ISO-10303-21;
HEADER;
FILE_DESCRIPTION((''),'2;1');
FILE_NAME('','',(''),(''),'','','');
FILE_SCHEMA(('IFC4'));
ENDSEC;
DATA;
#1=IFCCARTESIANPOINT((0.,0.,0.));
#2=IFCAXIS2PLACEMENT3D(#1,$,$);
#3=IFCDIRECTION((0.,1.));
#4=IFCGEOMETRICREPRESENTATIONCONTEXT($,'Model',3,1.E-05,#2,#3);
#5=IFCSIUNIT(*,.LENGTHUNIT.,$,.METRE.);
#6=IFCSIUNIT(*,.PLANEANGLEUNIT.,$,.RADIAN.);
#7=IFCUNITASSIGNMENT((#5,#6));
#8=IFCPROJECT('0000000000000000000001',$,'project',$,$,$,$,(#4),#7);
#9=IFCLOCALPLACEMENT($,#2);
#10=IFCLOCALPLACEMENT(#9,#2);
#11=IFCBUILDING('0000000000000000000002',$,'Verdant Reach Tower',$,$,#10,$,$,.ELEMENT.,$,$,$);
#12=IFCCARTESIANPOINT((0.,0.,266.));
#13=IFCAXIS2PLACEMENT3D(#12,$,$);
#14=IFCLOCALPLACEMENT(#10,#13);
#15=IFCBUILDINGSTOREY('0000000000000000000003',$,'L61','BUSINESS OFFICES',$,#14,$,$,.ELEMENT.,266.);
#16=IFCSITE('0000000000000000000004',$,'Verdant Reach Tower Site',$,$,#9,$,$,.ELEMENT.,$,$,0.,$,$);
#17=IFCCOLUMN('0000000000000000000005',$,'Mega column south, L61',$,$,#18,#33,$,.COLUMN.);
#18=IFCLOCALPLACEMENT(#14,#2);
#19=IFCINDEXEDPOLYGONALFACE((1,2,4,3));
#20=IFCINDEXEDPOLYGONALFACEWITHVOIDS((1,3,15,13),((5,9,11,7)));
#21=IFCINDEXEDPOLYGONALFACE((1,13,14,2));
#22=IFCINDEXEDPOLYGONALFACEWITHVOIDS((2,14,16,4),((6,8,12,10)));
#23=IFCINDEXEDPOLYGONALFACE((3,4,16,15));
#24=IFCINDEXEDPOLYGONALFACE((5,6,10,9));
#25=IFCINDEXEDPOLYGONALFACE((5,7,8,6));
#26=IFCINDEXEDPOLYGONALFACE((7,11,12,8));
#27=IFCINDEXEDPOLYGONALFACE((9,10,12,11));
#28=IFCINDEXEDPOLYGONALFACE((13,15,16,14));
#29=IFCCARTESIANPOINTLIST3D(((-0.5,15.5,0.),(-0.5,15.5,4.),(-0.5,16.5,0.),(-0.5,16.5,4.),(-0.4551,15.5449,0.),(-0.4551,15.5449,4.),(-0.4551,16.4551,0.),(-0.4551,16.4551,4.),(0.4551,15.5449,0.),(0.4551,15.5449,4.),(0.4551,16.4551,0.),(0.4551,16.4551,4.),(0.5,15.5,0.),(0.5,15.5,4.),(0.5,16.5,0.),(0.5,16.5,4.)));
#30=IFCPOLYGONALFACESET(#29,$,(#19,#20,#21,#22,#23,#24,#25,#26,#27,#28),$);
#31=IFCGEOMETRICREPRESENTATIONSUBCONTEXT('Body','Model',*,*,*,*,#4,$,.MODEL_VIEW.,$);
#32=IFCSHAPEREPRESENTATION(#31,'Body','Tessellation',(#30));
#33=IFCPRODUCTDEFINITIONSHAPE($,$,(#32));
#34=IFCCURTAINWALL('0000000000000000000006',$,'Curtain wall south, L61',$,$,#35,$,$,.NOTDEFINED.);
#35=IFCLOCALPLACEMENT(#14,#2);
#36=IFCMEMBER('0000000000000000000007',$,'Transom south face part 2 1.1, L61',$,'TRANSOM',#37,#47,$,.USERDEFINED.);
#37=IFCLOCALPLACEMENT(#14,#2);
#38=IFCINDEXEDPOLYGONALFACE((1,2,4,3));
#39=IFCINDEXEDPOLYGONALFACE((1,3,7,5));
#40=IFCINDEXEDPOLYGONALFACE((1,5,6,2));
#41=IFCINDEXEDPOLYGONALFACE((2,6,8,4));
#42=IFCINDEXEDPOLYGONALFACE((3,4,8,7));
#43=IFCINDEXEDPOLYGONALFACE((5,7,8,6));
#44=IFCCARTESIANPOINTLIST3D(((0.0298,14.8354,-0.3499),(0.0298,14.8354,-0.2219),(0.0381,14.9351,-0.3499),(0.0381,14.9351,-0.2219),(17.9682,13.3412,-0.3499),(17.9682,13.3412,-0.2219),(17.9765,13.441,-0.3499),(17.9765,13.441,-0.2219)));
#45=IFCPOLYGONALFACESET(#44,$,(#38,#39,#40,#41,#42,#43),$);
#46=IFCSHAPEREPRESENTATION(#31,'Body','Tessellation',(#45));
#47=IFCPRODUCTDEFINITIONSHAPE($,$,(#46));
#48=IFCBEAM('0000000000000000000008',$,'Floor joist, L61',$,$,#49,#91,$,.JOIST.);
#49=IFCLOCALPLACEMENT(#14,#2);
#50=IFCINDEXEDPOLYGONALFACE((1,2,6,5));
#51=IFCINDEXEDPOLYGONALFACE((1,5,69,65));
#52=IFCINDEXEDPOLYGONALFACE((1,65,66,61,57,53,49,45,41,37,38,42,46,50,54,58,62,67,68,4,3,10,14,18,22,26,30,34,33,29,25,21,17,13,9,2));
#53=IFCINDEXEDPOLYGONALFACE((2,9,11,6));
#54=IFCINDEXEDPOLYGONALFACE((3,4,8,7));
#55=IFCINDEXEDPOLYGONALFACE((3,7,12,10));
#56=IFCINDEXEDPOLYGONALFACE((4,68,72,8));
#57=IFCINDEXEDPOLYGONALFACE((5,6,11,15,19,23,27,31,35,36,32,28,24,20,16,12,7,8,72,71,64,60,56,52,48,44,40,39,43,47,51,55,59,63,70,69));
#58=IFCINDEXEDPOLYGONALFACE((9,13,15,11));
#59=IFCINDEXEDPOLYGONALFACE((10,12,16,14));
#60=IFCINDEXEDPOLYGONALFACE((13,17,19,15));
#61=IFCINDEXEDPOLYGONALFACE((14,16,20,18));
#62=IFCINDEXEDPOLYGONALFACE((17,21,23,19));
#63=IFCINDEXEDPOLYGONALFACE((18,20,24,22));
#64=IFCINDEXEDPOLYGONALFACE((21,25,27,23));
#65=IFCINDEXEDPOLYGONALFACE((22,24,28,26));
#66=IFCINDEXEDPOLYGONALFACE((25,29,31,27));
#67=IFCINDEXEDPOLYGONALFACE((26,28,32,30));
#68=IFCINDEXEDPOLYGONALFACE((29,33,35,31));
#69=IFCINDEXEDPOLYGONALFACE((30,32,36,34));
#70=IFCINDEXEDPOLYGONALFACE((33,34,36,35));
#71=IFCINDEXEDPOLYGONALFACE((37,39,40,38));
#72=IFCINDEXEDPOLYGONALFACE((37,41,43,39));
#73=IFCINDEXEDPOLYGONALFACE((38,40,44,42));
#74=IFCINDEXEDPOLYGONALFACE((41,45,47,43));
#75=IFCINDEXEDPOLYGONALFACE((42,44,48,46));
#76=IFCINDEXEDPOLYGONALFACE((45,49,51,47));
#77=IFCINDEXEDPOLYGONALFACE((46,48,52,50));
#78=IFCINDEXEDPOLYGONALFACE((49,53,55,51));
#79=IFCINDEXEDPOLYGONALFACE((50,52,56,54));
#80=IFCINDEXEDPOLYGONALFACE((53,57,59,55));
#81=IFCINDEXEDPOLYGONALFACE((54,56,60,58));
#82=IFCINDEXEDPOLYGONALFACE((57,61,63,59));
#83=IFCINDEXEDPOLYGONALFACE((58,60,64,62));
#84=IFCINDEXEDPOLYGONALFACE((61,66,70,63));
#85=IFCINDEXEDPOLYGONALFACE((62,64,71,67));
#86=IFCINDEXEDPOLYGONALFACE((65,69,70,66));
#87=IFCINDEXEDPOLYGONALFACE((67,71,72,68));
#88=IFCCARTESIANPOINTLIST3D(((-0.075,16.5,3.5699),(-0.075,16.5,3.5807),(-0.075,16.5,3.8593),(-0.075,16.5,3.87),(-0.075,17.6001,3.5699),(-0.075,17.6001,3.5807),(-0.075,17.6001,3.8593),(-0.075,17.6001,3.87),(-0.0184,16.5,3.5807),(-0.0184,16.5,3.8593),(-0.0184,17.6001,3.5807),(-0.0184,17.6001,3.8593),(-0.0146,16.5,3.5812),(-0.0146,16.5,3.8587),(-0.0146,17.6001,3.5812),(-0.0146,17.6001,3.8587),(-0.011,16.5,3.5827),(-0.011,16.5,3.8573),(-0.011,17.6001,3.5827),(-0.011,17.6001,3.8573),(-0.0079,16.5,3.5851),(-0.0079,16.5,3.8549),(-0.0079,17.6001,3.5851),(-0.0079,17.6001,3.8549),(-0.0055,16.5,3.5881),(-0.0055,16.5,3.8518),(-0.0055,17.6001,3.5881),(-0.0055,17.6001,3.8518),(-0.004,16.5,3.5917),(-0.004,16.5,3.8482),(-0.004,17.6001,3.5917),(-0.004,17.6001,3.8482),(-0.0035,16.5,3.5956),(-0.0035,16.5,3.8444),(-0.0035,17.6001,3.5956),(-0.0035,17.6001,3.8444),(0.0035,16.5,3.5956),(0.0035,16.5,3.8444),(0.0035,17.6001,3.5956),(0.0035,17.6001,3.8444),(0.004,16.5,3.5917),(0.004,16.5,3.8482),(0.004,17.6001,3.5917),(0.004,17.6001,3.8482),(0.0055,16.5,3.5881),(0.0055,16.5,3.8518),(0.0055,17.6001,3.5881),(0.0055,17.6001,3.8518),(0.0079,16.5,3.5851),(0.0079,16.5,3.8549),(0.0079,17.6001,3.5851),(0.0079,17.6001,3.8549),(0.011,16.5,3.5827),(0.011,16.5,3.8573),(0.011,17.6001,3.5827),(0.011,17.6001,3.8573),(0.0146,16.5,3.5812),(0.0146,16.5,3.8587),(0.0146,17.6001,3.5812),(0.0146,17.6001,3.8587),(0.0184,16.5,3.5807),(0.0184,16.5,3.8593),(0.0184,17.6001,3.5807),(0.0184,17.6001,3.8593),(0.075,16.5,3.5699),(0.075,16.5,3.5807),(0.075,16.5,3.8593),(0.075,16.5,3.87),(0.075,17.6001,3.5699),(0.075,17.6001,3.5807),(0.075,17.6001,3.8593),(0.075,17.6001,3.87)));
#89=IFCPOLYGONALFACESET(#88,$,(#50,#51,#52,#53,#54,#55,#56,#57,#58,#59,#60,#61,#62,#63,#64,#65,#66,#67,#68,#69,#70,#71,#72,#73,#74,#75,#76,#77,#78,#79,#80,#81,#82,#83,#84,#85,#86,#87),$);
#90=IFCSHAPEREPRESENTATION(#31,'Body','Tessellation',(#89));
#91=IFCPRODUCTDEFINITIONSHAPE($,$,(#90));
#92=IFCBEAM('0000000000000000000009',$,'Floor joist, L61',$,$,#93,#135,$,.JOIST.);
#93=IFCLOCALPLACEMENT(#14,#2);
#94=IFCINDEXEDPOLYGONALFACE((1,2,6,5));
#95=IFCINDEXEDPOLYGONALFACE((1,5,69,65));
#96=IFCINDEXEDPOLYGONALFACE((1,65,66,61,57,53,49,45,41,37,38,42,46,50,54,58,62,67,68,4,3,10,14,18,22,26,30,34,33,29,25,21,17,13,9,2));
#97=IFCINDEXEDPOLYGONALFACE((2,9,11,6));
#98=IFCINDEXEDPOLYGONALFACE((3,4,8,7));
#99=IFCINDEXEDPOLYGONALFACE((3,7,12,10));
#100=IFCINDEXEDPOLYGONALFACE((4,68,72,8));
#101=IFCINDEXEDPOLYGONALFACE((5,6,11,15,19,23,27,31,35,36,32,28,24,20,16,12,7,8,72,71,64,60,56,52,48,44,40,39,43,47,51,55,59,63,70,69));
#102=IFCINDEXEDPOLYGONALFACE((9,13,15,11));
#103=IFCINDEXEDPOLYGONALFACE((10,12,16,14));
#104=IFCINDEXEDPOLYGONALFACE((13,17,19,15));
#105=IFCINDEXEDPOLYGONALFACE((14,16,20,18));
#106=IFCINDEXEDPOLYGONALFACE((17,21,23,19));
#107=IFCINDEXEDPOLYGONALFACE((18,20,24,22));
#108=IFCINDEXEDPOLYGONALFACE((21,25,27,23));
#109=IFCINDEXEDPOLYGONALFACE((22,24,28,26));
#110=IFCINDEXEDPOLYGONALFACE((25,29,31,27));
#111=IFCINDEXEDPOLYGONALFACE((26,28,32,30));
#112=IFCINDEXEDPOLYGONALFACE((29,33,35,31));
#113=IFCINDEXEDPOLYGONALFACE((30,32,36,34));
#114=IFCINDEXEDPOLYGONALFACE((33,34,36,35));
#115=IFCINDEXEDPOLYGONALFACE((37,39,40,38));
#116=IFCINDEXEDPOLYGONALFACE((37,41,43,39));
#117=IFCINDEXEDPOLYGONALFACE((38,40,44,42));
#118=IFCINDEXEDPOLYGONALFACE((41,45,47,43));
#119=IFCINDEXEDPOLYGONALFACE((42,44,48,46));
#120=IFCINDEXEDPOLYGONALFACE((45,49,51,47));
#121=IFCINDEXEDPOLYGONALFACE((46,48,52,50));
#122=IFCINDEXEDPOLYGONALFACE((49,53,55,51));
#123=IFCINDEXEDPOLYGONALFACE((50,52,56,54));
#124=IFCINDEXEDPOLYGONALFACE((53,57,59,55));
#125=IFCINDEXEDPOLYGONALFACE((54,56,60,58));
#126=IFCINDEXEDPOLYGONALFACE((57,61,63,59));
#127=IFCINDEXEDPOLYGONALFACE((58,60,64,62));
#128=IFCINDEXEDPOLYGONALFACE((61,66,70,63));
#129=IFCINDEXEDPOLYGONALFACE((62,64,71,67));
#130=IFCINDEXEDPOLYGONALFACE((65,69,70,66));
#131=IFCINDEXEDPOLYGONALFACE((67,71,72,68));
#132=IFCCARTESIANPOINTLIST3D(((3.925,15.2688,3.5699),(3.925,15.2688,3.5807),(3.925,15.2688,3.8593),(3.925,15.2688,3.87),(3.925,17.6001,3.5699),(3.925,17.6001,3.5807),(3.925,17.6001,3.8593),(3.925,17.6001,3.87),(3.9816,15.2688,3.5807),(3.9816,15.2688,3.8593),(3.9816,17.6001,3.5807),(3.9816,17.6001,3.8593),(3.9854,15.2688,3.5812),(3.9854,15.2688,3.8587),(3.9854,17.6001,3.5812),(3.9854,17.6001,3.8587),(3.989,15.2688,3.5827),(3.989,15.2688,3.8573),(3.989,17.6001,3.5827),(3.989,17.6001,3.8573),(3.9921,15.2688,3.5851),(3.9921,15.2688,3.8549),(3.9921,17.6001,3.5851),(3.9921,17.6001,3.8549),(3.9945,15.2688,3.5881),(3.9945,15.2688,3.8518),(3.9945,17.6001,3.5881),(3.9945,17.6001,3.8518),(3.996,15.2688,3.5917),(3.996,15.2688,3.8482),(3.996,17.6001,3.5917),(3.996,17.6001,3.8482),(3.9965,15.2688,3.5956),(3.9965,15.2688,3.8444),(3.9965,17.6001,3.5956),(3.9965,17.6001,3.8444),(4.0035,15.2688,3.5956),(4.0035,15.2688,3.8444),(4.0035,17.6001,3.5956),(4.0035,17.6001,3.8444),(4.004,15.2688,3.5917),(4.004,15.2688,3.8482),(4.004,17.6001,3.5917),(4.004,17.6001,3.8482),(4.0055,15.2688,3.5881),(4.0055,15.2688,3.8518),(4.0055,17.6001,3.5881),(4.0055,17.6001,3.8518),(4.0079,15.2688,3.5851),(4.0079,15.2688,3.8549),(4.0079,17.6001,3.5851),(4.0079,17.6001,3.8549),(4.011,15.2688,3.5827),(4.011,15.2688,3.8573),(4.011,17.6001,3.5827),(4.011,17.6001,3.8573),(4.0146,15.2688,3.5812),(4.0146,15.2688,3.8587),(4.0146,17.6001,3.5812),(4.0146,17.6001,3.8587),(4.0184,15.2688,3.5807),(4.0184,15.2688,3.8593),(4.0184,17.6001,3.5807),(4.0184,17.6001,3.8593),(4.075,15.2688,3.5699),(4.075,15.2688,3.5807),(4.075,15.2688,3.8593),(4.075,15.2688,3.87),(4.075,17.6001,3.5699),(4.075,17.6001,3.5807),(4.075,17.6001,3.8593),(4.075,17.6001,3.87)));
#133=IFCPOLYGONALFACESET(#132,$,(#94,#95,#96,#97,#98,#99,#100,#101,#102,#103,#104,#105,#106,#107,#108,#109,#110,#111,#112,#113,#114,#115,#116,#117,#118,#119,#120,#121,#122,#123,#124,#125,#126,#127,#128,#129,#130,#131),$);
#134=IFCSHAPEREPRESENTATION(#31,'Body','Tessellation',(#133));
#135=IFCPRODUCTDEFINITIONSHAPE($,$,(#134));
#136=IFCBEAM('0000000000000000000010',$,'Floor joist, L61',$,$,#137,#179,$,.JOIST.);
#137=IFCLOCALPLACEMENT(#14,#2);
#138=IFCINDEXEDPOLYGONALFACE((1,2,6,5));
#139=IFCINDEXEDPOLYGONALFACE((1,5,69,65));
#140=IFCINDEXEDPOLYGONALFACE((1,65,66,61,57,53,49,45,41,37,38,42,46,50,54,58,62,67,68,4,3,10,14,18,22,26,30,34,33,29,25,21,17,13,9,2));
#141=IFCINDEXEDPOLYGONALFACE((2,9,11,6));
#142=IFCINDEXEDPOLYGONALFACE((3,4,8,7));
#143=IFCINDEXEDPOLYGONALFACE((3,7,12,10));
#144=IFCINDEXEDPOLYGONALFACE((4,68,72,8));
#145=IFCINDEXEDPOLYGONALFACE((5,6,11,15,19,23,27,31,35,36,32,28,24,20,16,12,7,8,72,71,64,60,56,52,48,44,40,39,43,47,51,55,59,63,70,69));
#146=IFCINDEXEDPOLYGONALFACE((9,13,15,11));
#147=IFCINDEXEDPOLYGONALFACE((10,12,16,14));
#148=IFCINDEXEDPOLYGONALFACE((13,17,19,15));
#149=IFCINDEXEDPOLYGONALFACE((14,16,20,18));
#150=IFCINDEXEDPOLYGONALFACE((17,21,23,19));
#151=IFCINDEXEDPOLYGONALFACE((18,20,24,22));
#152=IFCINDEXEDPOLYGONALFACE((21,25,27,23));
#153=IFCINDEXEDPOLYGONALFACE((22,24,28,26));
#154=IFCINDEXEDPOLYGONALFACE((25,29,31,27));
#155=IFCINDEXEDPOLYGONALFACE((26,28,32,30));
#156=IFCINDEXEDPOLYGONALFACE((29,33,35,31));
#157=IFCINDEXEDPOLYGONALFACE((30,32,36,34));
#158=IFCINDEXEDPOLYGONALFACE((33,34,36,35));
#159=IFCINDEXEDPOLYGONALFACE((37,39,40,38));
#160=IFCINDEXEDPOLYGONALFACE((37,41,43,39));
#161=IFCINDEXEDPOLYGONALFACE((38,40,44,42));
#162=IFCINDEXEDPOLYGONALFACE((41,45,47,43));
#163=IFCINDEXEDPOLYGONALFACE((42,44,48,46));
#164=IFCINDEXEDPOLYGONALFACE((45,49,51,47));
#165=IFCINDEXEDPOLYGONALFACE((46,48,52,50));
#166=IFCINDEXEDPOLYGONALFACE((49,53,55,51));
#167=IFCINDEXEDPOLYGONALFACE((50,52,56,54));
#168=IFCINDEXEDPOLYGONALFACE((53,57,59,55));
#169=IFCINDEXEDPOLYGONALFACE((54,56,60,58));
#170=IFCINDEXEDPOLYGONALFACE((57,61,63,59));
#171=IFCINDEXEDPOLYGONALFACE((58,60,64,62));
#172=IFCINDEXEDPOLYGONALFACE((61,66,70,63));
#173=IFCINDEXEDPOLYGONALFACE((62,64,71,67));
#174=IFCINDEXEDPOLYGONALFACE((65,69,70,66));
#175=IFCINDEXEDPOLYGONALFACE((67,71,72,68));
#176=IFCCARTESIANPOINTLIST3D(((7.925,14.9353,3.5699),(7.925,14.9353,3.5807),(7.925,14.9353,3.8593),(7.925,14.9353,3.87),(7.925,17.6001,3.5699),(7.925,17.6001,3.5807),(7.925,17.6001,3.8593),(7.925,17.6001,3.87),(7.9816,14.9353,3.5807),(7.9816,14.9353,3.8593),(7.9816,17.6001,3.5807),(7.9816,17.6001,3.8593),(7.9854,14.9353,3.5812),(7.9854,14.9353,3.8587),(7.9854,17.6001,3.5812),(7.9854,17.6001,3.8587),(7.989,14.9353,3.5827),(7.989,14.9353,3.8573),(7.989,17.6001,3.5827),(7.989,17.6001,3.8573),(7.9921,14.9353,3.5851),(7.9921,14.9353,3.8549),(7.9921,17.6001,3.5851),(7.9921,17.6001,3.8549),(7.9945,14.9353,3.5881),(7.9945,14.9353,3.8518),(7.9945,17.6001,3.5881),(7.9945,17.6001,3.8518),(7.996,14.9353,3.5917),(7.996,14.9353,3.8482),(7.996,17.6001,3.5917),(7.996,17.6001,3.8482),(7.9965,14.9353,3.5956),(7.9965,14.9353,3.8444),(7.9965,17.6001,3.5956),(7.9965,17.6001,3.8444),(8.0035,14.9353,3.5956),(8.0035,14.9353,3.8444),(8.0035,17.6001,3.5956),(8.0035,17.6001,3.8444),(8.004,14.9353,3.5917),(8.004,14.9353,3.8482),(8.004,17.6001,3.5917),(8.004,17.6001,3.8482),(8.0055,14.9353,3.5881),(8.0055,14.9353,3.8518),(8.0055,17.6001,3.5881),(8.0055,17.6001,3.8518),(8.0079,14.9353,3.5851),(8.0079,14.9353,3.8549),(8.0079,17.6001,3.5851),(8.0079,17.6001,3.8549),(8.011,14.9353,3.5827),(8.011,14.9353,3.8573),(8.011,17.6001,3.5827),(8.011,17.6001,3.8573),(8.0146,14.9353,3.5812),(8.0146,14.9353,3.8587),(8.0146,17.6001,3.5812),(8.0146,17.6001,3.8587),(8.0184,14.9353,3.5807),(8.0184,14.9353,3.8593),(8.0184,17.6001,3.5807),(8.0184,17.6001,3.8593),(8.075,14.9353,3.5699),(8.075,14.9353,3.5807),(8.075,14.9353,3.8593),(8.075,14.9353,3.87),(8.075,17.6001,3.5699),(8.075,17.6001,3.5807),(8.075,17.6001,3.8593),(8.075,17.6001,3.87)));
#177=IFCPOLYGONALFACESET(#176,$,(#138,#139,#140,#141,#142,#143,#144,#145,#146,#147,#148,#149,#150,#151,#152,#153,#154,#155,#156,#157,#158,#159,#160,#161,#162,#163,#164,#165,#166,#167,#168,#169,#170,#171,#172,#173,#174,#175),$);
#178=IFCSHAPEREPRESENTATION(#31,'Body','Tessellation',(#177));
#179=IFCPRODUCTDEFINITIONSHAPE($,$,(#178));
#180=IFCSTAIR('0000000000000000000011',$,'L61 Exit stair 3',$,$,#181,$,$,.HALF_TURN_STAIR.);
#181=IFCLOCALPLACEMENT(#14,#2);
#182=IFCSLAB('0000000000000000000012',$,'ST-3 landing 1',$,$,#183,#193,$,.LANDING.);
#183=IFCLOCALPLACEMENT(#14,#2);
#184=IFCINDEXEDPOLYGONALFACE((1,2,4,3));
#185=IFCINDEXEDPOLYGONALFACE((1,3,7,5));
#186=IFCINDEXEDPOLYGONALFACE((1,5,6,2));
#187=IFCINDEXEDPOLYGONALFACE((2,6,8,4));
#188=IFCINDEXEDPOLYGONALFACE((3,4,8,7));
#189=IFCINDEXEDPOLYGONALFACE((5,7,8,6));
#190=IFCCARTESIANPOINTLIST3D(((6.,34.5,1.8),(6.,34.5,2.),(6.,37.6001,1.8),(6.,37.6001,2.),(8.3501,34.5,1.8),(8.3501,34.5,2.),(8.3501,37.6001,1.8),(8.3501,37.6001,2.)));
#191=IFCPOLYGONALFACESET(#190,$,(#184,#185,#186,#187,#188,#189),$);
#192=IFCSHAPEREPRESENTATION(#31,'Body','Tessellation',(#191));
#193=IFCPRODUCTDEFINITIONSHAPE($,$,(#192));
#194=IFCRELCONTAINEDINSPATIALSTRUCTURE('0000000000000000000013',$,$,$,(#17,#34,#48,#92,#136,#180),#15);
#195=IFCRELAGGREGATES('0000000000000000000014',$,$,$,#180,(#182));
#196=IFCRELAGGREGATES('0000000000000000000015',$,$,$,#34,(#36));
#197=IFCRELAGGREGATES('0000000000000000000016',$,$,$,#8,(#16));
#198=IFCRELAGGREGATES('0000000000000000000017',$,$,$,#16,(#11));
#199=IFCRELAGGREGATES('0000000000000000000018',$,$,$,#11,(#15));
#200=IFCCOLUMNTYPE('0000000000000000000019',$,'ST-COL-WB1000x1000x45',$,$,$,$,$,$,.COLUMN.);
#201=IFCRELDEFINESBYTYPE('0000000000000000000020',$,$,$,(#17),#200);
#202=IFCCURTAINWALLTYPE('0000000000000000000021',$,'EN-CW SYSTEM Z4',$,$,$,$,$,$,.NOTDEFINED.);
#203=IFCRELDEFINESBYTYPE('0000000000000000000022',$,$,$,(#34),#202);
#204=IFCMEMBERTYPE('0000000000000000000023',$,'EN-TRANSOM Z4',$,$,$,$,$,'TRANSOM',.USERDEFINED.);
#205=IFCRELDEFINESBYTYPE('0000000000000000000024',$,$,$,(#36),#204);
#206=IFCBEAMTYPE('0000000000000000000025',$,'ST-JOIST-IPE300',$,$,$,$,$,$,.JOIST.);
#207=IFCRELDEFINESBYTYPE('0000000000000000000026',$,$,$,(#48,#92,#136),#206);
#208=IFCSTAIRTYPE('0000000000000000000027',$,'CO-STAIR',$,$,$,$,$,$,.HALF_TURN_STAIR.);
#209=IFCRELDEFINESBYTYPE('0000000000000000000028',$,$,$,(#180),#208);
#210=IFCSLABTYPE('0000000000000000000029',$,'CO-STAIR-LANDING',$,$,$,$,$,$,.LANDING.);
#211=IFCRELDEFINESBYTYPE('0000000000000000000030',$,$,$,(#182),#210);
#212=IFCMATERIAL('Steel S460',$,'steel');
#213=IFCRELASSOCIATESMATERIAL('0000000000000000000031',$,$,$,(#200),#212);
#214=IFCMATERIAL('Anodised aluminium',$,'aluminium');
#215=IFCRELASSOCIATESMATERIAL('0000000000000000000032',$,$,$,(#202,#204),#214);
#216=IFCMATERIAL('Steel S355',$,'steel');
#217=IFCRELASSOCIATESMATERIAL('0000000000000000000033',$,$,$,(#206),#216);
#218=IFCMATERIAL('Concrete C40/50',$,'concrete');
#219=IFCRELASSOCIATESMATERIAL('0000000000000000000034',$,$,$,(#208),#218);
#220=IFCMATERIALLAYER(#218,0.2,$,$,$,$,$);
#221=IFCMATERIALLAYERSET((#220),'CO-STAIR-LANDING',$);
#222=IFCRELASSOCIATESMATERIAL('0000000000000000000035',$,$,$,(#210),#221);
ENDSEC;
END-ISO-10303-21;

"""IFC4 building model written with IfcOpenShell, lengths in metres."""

from ifc_helpers import new_model, si_unit, direction, frame, origin, origin_2d, place, context, subcontext, project, spatial, polyline, rectangle, hollow_rectangle, i_section, outline, extrude, material, layer, layer_set, material_profile, profile_set, type_object, element, aggregate, save


model = new_model("IFC4")

# Units and contexts
model_context = context("Model", 3, precision=1e-05, world=origin(), true_north=direction((0.0, 1.0)))
body_context = subcontext(model_context, "Body", "Model", "MODEL_VIEW")
ifc_project = project(units=[si_unit("LENGTHUNIT", "METRE"), si_unit("PLANEANGLEUNIT", "RADIAN")], contexts=[model_context])

# Site, building, storey
site_placement = place(None, origin())
site = spatial("IfcSite", under=ifc_project, at=site_placement, Name="Verdant Reach Tower Site", CompositionType="ELEMENT", RefElevation=0.0)
building_placement = place(site_placement, origin())
building = spatial("IfcBuilding", under=site, at=building_placement, Name="Verdant Reach Tower", CompositionType="ELEMENT")
storey_placement = place(building_placement, frame((0.0, 0.0, 266.0)))
storey = spatial("IfcBuildingStorey", under=building, at=storey_placement, Name="L61", Description="BUSINESS OFFICES", CompositionType="ELEMENT", Elevation=266.0)

# Column
ifc_material_1 = material(Name="Steel S460", Category="steel")
ifc_material_profile_1 = material_profile(ifc_material_1, hollow_rectangle(XDim=1.0, YDim=1.0, WallThickness=0.0449, at=origin_2d()), Name="WB 1000x1000x45")
ifc_profile_set_1 = profile_set([ifc_material_profile_1], Name="Steel S460")
column_type = type_object("IfcColumnType", Name="ST-COL-WB1000x1000x45", PredefinedType="COLUMN", material=ifc_profile_set_1)
column_placement = place(storey_placement, frame((0.0, 16.0, 0.0), z_axis=(0.0, 0.0, 1.0), x_axis=(1.0, 0.0, 0.0)))
element("IfcColumn", 1, at=column_placement, inside=storey, type_object=column_type, Name="Mega column south, L61", PredefinedType="COLUMN", context=body_context, shape_type="SweptSolid", body=[
    extrude(hollow_rectangle(XDim=1.0, YDim=1.0, WallThickness=0.0449, at=origin_2d()), origin(), (0.0, 0.0, 1.0), 4.0),
])

# Curtain wall, member
ifc_material_2 = material(Name="Anodised aluminium", Category="aluminium")
curtain_wall_type = type_object("IfcCurtainWallType", Name="EN-CW SYSTEM Z4", PredefinedType="NOTDEFINED", material=ifc_material_2)
curtain_wall_placement = place(storey_placement, origin())
curtain_wall = element("IfcCurtainWall", 2, at=curtain_wall_placement, inside=storey, type_object=curtain_wall_type, Name="Curtain wall south, L61", PredefinedType="NOTDEFINED")
ifc_material_profile_2 = material_profile(ifc_material_2, rectangle(XDim=0.1001, YDim=0.1279, at=origin_2d()), Name="Transom 128x100")
ifc_profile_set_2 = profile_set([ifc_material_profile_2], Name="Anodised aluminium")
member_type = type_object("IfcMemberType", Name="EN-TRANSOM Z4", ElementType="TRANSOM", PredefinedType="USERDEFINED", material=ifc_profile_set_2)
member_placement = place(storey_placement, frame((0.0339, 14.8853, -0.2859), z_axis=(0.996549, -0.083005, 0.0), x_axis=(0.083005, 0.996549, 0.0)))
member = element("IfcMember", 3, at=member_placement, type_object=member_type, Name="Transom south face part 2 1.1, L61", ObjectType="TRANSOM", PredefinedType="USERDEFINED", context=body_context, shape_type="SweptSolid", body=[
    extrude(rectangle(XDim=0.1001, YDim=0.1279, at=origin_2d()), origin(), (0.0, 0.0, 1.0), 18.0005),
])

# Beams
ifc_material_3 = material(Name="Steel S355", Category="steel")
ifc_material_profile_3 = material_profile(ifc_material_3, i_section(OverallWidth=0.1499, OverallDepth=0.3, WebThickness=0.0071, FlangeThickness=0.0107, FilletRadius=0.0149, at=origin_2d()), Name="IPE 300")
ifc_profile_set_3 = profile_set([ifc_material_profile_3], Name="Steel S355")
beam_type = type_object("IfcBeamType", Name="ST-JOIST-IPE300", PredefinedType="JOIST", material=ifc_profile_set_3)
beam_1_placement = place(storey_placement, frame((0.0, 17.6001, 3.72), z_axis=(0.0, -1.0, 0.0), x_axis=(1.0, 0.0, 0.0)))
element("IfcBeam", 4, at=beam_1_placement, inside=storey, type_object=beam_type, Name="Floor joist, L61", PredefinedType="JOIST", context=body_context, shape_type="SweptSolid", body=[
    extrude(i_section(OverallWidth=0.1499, OverallDepth=0.3, WebThickness=0.0071, FlangeThickness=0.0107, FilletRadius=0.0149, at=origin_2d()), origin(), (0.0, 0.0, 1.0), 1.1001),
])
beam_2_placement = place(storey_placement, frame((4.0, 17.6001, 3.72), z_axis=(0.0, -1.0, 0.0), x_axis=(1.0, 0.0, 0.0)))
element("IfcBeam", 5, at=beam_2_placement, inside=storey, type_object=beam_type, Name="Floor joist, L61", PredefinedType="JOIST", context=body_context, shape_type="SweptSolid", body=[
    extrude(i_section(OverallWidth=0.1499, OverallDepth=0.3, WebThickness=0.0071, FlangeThickness=0.0107, FilletRadius=0.0149, at=origin_2d()), origin(), (0.0, 0.0, 1.0), 2.3313),
])
beam_3_placement = place(storey_placement, frame((8.0, 17.6001, 3.72), z_axis=(0.0, -1.0, 0.0), x_axis=(1.0, 0.0, 0.0)))
element("IfcBeam", 6, at=beam_3_placement, inside=storey, type_object=beam_type, Name="Floor joist, L61", PredefinedType="JOIST", context=body_context, shape_type="SweptSolid", body=[
    extrude(i_section(OverallWidth=0.1499, OverallDepth=0.3, WebThickness=0.0071, FlangeThickness=0.0107, FilletRadius=0.0149, at=origin_2d()), origin(), (0.0, 0.0, 1.0), 2.6648),
])

# Stair, slab
ifc_material_4 = material(Name="Concrete C40/50", Category="concrete")
stair_type = type_object("IfcStairType", Name="CO-STAIR", PredefinedType="HALF_TURN_STAIR", material=ifc_material_4)
stair_placement = place(storey_placement, origin())
stair = element("IfcStair", 7, at=stair_placement, inside=storey, type_object=stair_type, Name="L61 Exit stair 3", PredefinedType="HALF_TURN_STAIR")
ifc_layer_1 = layer(ifc_material_4, 0.2)
ifc_layer_set_1 = layer_set([ifc_layer_1], Name="CO-STAIR-LANDING")
slab_type = type_object("IfcSlabType", Name="CO-STAIR-LANDING", PredefinedType="LANDING", material=ifc_layer_set_1)
slab_placement = place(storey_placement, frame((0.0, 0.0, 1.8)))
slab = element("IfcSlab", 8, at=slab_placement, type_object=slab_type, Name="ST-3 landing 1", PredefinedType="LANDING", context=body_context, shape_type="SweptSolid", body=[
    extrude(outline(polyline([(8.3501, 37.6001), (6.0, 37.6001), (6.0, 34.5), (8.3501, 34.5), (8.3501, 37.6001)])), origin(), (0.0, 0.0, 1.0), 0.2),
])
aggregate(stair, [slab])

aggregate(curtain_wall, [member])

save(model, "model.ifc")
